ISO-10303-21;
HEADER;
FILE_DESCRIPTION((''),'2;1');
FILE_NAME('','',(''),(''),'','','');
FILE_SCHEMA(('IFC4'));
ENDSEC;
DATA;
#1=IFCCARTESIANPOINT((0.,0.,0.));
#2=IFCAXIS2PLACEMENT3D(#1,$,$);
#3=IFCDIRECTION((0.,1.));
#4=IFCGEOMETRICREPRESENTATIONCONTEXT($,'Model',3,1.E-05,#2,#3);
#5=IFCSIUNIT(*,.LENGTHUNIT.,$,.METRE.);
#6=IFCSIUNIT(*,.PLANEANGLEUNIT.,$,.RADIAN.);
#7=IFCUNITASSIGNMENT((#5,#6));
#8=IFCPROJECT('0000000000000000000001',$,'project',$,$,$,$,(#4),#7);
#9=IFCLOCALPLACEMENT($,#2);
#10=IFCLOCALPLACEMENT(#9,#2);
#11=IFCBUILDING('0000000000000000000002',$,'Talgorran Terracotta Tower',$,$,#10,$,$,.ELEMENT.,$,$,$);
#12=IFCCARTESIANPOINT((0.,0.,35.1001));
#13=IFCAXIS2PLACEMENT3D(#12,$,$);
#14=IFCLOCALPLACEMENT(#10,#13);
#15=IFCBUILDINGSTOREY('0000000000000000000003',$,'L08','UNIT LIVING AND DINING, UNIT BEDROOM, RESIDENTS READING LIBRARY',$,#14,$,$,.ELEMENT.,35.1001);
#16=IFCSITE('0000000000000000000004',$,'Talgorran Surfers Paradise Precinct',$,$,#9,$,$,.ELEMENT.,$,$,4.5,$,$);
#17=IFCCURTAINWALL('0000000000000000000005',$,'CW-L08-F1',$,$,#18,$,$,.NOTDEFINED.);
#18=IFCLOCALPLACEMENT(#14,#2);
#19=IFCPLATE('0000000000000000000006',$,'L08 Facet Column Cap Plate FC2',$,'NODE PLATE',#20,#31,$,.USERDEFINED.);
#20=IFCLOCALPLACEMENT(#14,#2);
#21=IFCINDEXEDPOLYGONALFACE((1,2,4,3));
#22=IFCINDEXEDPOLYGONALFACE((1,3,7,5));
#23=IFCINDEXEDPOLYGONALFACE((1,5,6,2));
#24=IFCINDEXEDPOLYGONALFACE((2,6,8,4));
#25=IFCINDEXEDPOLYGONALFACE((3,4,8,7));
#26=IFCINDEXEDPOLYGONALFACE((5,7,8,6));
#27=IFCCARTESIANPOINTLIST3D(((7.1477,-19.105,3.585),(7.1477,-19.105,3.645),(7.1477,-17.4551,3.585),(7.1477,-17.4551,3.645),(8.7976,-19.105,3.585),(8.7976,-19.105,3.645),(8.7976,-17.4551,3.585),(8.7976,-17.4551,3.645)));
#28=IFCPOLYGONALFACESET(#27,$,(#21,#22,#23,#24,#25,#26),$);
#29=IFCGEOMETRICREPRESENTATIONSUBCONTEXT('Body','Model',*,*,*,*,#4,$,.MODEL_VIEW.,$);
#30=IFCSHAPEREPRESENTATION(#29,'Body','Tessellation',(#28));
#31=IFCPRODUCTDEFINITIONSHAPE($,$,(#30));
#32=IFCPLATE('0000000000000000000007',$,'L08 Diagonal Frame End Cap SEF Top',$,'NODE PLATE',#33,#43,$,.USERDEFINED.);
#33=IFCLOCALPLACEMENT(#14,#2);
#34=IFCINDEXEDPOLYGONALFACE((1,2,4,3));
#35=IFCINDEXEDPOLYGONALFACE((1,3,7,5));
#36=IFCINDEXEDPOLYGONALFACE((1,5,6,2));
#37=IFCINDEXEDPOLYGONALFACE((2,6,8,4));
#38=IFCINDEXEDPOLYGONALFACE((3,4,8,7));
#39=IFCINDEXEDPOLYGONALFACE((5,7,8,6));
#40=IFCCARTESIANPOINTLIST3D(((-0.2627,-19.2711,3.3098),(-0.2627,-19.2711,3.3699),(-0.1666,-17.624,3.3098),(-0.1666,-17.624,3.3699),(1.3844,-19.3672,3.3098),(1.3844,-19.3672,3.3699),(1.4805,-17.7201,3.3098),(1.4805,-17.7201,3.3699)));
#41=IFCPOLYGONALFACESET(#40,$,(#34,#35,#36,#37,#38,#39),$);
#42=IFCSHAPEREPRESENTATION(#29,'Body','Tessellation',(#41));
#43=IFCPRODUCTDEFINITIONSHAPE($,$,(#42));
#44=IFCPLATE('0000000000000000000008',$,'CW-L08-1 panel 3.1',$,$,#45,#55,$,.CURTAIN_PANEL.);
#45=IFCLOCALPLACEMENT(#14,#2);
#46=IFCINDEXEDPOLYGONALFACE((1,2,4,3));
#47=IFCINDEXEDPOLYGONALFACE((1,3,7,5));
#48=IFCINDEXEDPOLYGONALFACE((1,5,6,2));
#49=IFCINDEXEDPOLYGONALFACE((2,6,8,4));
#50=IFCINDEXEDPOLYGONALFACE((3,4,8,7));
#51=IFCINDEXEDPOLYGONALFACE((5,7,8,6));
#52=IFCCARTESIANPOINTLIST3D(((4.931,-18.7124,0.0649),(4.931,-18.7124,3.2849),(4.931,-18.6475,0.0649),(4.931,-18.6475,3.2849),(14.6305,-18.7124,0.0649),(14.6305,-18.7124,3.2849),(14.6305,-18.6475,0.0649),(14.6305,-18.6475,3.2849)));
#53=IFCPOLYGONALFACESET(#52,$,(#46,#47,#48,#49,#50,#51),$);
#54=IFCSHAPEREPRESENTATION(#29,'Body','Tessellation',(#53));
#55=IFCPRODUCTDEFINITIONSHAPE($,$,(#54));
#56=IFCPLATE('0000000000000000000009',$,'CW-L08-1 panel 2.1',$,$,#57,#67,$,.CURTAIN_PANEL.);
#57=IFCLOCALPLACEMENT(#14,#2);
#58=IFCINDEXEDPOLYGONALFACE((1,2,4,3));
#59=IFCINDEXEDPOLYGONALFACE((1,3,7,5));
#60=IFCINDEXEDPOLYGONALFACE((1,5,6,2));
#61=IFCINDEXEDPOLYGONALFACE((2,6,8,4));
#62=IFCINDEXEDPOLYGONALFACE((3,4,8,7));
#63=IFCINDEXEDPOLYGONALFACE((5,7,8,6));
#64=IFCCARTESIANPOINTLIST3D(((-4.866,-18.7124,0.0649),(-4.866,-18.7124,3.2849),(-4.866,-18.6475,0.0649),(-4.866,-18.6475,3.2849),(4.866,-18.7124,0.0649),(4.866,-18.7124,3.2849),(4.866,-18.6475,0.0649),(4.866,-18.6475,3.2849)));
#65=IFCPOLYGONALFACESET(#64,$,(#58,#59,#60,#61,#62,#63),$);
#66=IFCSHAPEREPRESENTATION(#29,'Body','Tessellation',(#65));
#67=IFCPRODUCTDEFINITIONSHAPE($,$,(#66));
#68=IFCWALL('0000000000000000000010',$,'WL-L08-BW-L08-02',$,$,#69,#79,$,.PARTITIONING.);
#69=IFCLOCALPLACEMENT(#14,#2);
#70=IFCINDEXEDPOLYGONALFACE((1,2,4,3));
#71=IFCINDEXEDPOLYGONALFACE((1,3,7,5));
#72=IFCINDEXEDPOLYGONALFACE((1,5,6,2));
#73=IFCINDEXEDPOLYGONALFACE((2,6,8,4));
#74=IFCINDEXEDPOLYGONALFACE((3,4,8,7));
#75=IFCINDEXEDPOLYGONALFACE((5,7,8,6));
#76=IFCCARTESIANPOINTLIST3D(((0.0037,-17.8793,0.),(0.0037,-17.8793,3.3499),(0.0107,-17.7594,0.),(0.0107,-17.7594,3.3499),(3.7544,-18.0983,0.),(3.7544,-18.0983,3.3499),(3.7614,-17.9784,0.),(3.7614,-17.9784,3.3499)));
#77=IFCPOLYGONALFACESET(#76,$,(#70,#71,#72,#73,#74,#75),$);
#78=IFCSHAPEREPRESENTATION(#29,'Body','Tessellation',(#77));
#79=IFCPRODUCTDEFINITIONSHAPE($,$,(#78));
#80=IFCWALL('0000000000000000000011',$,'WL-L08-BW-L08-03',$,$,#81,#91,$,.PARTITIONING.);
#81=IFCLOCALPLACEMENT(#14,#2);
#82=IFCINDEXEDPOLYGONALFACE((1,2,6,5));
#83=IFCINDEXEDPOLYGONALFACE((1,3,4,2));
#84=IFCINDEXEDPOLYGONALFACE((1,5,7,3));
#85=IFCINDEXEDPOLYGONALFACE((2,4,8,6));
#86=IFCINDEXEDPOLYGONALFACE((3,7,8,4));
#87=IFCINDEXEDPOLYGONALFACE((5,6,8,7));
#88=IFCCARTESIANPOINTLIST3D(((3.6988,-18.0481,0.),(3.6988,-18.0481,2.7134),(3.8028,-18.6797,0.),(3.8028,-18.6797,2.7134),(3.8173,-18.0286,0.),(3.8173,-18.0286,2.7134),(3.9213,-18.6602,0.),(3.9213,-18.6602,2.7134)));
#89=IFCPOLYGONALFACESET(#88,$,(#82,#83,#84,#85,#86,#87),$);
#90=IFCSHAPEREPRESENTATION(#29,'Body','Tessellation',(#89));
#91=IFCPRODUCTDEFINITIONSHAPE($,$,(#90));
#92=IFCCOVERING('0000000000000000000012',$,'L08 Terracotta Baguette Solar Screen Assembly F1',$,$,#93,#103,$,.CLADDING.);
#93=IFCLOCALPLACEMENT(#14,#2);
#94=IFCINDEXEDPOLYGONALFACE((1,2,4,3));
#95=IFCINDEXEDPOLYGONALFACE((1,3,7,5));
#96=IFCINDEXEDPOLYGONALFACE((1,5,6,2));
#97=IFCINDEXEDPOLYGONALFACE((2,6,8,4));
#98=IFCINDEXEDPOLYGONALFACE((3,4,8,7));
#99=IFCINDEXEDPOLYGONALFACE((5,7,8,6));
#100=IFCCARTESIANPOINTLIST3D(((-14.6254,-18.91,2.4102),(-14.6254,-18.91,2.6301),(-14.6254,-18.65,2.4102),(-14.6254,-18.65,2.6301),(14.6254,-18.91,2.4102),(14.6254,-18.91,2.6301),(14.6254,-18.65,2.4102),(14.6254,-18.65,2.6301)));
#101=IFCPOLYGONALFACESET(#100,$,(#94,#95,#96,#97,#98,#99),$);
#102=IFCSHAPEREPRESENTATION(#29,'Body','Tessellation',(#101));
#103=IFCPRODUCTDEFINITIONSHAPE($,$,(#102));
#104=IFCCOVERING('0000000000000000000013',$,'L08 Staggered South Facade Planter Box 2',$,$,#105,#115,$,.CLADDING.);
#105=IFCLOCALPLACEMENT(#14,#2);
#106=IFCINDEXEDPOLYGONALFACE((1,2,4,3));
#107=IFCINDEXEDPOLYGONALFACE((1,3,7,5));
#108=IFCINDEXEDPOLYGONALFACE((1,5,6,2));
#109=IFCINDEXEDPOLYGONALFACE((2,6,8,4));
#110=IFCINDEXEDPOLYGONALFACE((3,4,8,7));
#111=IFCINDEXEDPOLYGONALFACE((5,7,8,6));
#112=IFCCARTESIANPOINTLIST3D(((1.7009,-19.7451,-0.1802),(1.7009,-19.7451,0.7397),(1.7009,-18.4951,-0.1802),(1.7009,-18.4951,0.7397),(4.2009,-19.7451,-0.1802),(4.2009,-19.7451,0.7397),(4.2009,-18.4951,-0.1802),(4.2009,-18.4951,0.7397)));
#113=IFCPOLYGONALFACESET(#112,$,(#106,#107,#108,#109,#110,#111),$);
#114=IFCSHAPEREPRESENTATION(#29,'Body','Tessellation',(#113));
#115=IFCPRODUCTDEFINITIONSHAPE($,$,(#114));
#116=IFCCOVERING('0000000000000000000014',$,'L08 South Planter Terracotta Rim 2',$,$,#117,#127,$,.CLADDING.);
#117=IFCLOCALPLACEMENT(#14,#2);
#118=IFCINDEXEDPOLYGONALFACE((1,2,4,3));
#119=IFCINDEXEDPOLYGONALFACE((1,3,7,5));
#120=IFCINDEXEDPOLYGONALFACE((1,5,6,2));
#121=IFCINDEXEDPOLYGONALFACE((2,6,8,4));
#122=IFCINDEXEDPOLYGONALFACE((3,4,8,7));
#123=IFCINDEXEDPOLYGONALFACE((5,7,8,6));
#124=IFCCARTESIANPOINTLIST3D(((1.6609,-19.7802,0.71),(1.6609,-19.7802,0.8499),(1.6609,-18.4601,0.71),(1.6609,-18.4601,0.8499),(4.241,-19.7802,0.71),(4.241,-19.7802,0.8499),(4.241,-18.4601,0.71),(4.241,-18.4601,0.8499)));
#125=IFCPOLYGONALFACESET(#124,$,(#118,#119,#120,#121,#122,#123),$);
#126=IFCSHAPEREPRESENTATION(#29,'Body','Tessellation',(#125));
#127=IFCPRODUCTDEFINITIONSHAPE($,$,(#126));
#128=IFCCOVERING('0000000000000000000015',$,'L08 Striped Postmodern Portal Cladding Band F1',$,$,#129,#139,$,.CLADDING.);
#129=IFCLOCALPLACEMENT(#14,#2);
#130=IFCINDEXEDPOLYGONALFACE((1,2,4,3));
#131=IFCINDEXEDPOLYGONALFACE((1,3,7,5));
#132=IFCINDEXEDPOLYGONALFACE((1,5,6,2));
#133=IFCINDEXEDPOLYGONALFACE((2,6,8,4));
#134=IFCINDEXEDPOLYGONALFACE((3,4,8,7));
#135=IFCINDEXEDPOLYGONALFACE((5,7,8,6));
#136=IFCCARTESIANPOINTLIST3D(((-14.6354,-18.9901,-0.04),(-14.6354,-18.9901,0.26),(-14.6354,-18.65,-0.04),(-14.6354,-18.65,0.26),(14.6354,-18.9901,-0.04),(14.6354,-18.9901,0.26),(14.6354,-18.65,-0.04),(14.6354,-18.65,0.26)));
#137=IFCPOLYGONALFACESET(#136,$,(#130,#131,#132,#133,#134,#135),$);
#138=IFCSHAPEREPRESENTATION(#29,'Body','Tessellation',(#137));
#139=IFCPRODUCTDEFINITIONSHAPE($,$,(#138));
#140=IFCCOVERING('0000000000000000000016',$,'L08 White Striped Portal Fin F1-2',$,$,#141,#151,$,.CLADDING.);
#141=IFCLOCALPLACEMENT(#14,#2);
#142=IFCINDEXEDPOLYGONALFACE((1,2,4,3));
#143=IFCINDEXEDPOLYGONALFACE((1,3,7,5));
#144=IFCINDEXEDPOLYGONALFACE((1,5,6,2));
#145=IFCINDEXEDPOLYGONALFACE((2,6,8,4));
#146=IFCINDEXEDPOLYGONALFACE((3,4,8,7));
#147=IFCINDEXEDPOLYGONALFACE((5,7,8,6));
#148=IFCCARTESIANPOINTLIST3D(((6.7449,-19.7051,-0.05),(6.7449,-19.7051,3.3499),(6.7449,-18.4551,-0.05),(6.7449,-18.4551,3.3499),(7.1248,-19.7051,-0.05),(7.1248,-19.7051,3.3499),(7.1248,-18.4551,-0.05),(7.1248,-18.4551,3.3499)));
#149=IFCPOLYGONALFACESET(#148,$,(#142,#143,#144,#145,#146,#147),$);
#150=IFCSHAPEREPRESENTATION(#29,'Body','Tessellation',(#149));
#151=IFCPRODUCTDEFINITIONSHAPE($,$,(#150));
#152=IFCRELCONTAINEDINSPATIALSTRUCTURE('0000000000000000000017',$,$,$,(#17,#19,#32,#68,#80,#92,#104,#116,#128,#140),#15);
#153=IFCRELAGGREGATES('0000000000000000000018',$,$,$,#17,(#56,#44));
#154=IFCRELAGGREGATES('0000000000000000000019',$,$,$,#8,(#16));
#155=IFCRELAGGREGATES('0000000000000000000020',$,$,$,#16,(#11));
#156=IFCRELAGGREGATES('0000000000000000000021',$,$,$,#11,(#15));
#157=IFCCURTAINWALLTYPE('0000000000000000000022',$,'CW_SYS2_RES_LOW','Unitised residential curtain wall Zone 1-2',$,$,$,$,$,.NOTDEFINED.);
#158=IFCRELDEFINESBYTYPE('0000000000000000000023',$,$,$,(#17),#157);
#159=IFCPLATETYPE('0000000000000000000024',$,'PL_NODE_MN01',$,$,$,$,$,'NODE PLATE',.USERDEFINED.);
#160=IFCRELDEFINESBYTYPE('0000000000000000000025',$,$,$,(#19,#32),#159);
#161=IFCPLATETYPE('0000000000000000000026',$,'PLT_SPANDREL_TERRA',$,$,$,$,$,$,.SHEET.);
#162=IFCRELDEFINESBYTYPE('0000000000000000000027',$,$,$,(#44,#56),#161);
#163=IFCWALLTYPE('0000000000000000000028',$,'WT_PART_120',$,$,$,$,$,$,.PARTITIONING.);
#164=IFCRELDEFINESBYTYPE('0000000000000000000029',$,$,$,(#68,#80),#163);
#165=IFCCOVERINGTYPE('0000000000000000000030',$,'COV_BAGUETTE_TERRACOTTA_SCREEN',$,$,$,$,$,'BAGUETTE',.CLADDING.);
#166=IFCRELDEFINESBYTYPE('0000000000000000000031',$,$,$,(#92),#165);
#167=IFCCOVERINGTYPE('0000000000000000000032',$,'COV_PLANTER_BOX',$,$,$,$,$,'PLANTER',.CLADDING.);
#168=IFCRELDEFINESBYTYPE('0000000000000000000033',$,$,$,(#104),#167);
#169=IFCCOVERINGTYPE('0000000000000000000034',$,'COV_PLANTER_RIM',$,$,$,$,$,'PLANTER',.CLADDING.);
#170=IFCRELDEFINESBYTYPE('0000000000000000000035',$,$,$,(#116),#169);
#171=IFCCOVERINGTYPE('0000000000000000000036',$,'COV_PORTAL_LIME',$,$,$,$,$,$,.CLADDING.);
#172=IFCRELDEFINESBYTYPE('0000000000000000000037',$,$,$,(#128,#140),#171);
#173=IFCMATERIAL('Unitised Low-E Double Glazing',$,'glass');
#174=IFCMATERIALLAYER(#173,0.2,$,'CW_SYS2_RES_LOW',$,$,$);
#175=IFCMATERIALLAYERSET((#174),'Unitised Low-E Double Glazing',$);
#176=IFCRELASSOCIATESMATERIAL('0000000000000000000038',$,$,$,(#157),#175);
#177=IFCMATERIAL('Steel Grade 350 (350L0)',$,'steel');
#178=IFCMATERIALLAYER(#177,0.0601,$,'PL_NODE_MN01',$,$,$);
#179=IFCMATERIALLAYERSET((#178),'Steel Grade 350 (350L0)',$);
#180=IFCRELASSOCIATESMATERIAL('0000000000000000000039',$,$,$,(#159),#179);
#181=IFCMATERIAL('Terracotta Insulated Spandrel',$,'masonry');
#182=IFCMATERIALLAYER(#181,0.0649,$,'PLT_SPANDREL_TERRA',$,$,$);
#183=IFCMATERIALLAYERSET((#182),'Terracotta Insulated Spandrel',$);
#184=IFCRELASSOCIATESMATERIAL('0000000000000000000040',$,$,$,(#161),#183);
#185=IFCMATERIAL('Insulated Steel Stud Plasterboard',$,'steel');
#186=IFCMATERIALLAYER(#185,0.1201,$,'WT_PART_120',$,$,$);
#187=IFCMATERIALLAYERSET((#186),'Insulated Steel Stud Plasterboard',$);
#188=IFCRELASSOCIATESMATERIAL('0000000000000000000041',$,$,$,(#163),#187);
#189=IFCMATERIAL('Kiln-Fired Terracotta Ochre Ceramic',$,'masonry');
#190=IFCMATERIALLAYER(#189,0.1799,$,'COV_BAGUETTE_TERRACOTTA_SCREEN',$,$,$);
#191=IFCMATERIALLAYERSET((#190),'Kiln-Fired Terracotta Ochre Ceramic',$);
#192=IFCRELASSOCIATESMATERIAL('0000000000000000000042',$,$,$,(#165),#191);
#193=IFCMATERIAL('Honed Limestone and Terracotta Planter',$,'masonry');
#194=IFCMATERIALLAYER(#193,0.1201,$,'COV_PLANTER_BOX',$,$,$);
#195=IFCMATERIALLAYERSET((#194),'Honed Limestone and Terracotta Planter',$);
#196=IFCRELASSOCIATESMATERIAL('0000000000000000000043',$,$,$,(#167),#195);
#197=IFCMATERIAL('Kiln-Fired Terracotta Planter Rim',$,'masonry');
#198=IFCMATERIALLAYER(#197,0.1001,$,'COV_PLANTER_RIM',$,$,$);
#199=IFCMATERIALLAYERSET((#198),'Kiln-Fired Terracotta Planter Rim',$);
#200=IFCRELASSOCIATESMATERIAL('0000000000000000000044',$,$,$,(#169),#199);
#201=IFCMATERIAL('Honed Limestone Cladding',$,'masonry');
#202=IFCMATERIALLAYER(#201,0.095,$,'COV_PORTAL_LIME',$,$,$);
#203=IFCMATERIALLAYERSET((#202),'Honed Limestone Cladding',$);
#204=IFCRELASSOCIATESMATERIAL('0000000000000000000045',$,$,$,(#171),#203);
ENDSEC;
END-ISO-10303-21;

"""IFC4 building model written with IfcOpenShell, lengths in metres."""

from ifc_helpers import new_model, si_unit, direction, frame, frame_2d, origin, origin_2d, place, context, subcontext, project, spatial, rectangle, extrude, source, transform, mapped, material, layer, layer_set, type_object, type_shapes, element, aggregate, save


model = new_model("IFC4")

# Units and contexts
model_context = context("Model", 3, precision=1e-05, world=origin(), true_north=direction((0.0, 1.0)))
body_context = subcontext(model_context, "Body", "Model", "MODEL_VIEW")
ifc_project = project(units=[si_unit("LENGTHUNIT", "METRE"), si_unit("PLANEANGLEUNIT", "RADIAN")], contexts=[model_context])

# Site, building, storey
site_placement = place(None, origin())
site = spatial("IfcSite", under=ifc_project, at=site_placement, Name="Talgorran Surfers Paradise Precinct", CompositionType="ELEMENT", RefElevation=4.5)
building_placement = place(site_placement, origin())
building = spatial("IfcBuilding", under=site, at=building_placement, Name="Talgorran Terracotta Tower", CompositionType="ELEMENT")
storey_placement = place(building_placement, frame((0.0, 0.0, 35.1001)))
storey = spatial("IfcBuildingStorey", under=building, at=storey_placement, Name="L08", Description="UNIT LIVING AND DINING, UNIT BEDROOM, RESIDENTS READING LIBRARY", CompositionType="ELEMENT", Elevation=35.1001)

# Shared definitions
ifc_material_1 = material(Name="Steel Grade 350 (350L0)", Category="steel")

# Curtain wall
ifc_material_2 = material(Name="Unitised Low-E Double Glazing", Category="glass")
ifc_layer_1 = layer(ifc_material_2, 0.2, Name="CW_SYS2_RES_LOW")
ifc_layer_set_1 = layer_set([ifc_layer_1], Name="Unitised Low-E Double Glazing")
curtain_wall_type = type_object("IfcCurtainWallType", Name="CW_SYS2_RES_LOW", Description="Unitised residential curtain wall Zone 1-2", PredefinedType="NOTDEFINED", material=ifc_layer_set_1)
curtain_wall_placement = place(storey_placement, origin())
curtain_wall = element("IfcCurtainWall", 1, at=curtain_wall_placement, inside=storey, type_object=curtain_wall_type, Name="CW-L08-F1", PredefinedType="NOTDEFINED")

# Plates
ifc_layer_2 = layer(ifc_material_1, 0.0601, Name="PL_NODE_MN01")
ifc_layer_set_2 = layer_set([ifc_layer_2], Name="Steel Grade 350 (350L0)")
plate_type_1 = type_object("IfcPlateType", Name="PL_NODE_MN01", ElementType="NODE PLATE", PredefinedType="USERDEFINED", material=ifc_layer_set_2)
for number, where, z_axis, x_axis, name in (
    (2, (7.9727, -18.28, 3.585), (0.0, 0.0, 1.0), (1.0, 0.0, 0.0), "L08 Facet Column Cap Plate FC2"),
    (3, (0.6089, -18.4956, 3.3098), (0.0, 0.0, 1.0), (-0.998301, 0.058261, 0.0), "L08 Diagonal Frame End Cap SEF Top"),
):
    element("IfcPlate", number, at=place(storey_placement, frame(where, z_axis=z_axis, x_axis=x_axis)), inside=storey, type_object=plate_type_1, Name=name, ObjectType="NODE PLATE", PredefinedType="USERDEFINED", context=body_context, shape_type="SweptSolid", body=[
        extrude(rectangle(XDim=1.6499, YDim=1.6499, at=origin_2d()), origin(), (0.0, 0.0, 1.0), 0.0601),
    ])

# Plates
ifc_material_3 = material(Name="Terracotta Insulated Spandrel", Category="masonry")
ifc_layer_3 = layer(ifc_material_3, 0.0649, Name="PLT_SPANDREL_TERRA")
ifc_layer_set_3 = layer_set([ifc_layer_3], Name="Terracotta Insulated Spandrel")
plate_type_2 = type_object("IfcPlateType", Name="PLT_SPANDREL_TERRA", PredefinedType="SHEET", material=ifc_layer_set_3)
shared_shape_1 = source(origin(), body_context, "Body", "SweptSolid", [
    extrude(rectangle(XDim=9.6995, YDim=0.0649, at=origin_2d()), origin(), (0.0, 0.0, 1.0), 3.22),
])
plate_1_placement = place(storey_placement, frame((9.7808, -18.6799, 0.0649), z_axis=(0.0, 0.0, 1.0), x_axis=(1.0, 0.0, 0.0)))
plate_1 = element("IfcPlate", 4, at=plate_1_placement, type_object=plate_type_2, Name="CW-L08-1 panel 3.1", PredefinedType="CURTAIN_PANEL", context=body_context, shape_type="MappedRepresentation", body=[
    mapped(shared_shape_1, transform((0.0, 0.0, 0.0), scale=1.0)),
])
shared_shape_2 = source(origin(), body_context, "Body", "SweptSolid", [
    extrude(rectangle(XDim=9.7319, YDim=0.0649, at=origin_2d()), origin(), (0.0, 0.0, 1.0), 3.22),
])
type_shapes(plate_type_2, [shared_shape_1, shared_shape_2])
plate_2_placement = place(storey_placement, frame((0.0, -18.6799, 0.0649), z_axis=(0.0, 0.0, 1.0), x_axis=(1.0, 0.0, 0.0)))
plate_2 = element("IfcPlate", 5, at=plate_2_placement, type_object=plate_type_2, Name="CW-L08-1 panel 2.1", PredefinedType="CURTAIN_PANEL", context=body_context, shape_type="MappedRepresentation", body=[
    mapped(shared_shape_2, transform((0.0, 0.0, 0.0), scale=1.0)),
])
aggregate(curtain_wall, [plate_2, plate_1])

# Walls
ifc_material_4 = material(Name="Insulated Steel Stud Plasterboard", Category="steel")
ifc_layer_4 = layer(ifc_material_4, 0.1201, Name="WT_PART_120")
ifc_layer_set_4 = layer_set([ifc_layer_4], Name="Insulated Steel Stud Plasterboard")
wall_type = type_object("IfcWallType", Name="WT_PART_120", PredefinedType="PARTITIONING", material=ifc_layer_set_4)
wall_1_placement = place(storey_placement, frame((0.0073, -17.8193, 0.0), z_axis=(0.0, 0.0, 1.0), x_axis=(0.9983, -0.058288, 0.0)))
element("IfcWall", 6, at=wall_1_placement, inside=storey, type_object=wall_type, Name="WL-L08-BW-L08-02", PredefinedType="PARTITIONING", context=body_context, shape_type="SweptSolid", body=[
    extrude(rectangle(XDim=3.7571, YDim=0.1201, at=frame_2d((1.8784, 0.0))), origin(), (0.0, 0.0, 1.0), 3.3499),
])
wall_2_placement = place(storey_placement, frame((3.7581, -18.0383, 0.0), z_axis=(0.0, 0.0, 1.0), x_axis=(0.162481, -0.986712, 0.0)))
element("IfcWall", 7, at=wall_2_placement, inside=storey, type_object=wall_type, Name="WL-L08-BW-L08-03", PredefinedType="PARTITIONING", context=body_context, shape_type="SweptSolid", body=[
    extrude(rectangle(XDim=0.6401, YDim=0.1201, at=frame_2d((0.3201, 0.0))), origin(), (0.0, 0.0, 1.0), 2.7134),
])

# Coverings
ifc_material_5 = material(Name="Kiln-Fired Terracotta Ochre Ceramic", Category="masonry")
ifc_layer_5 = layer(ifc_material_5, 0.1799, Name="COV_BAGUETTE_TERRACOTTA_SCREEN")
ifc_layer_set_5 = layer_set([ifc_layer_5], Name="Kiln-Fired Terracotta Ochre Ceramic")
covering_type_1 = type_object("IfcCoveringType", Name="COV_BAGUETTE_TERRACOTTA_SCREEN", ElementType="BAGUETTE", PredefinedType="CLADDING", material=ifc_layer_set_5)
covering_1_placement = place(storey_placement, frame((0.0, -18.78, 2.4102), z_axis=(0.0, 0.0, 1.0), x_axis=(1.0, 0.0, 0.0)))
element("IfcCovering", 8, at=covering_1_placement, inside=storey, type_object=covering_type_1, Name="L08 Terracotta Baguette Solar Screen Assembly F1", PredefinedType="CLADDING", context=body_context, shape_type="SweptSolid", body=[
    extrude(rectangle(XDim=29.2507, YDim=0.26, at=origin_2d()), origin(), (0.0, 0.0, 1.0), 0.22),
])
ifc_material_6 = material(Name="Honed Limestone and Terracotta Planter", Category="masonry")
ifc_layer_6 = layer(ifc_material_6, 0.1201, Name="COV_PLANTER_BOX")
ifc_layer_set_6 = layer_set([ifc_layer_6], Name="Honed Limestone and Terracotta Planter")
covering_type_2 = type_object("IfcCoveringType", Name="COV_PLANTER_BOX", ElementType="PLANTER", PredefinedType="CLADDING", material=ifc_layer_set_6)
covering_2_placement = place(storey_placement, frame((2.9509, -19.1201, -0.1802), z_axis=(0.0, 0.0, 1.0), x_axis=(1.0, 0.0, 0.0)))
element("IfcCovering", 9, at=covering_2_placement, inside=storey, type_object=covering_type_2, Name="L08 Staggered South Facade Planter Box 2", PredefinedType="CLADDING", context=body_context, shape_type="SweptSolid", body=[
    extrude(rectangle(XDim=2.5, YDim=1.25, at=origin_2d()), origin(), (0.0, 0.0, 1.0), 0.9199),
])
ifc_material_7 = material(Name="Kiln-Fired Terracotta Planter Rim", Category="masonry")
ifc_layer_7 = layer(ifc_material_7, 0.1001, Name="COV_PLANTER_RIM")
ifc_layer_set_7 = layer_set([ifc_layer_7], Name="Kiln-Fired Terracotta Planter Rim")
covering_type_3 = type_object("IfcCoveringType", Name="COV_PLANTER_RIM", ElementType="PLANTER", PredefinedType="CLADDING", material=ifc_layer_set_7)
covering_3_placement = place(storey_placement, frame((2.9509, -19.1201, 0.71), z_axis=(0.0, 0.0, 1.0), x_axis=(1.0, 0.0, 0.0)))
element("IfcCovering", 10, at=covering_3_placement, inside=storey, type_object=covering_type_3, Name="L08 South Planter Terracotta Rim 2", PredefinedType="CLADDING", context=body_context, shape_type="SweptSolid", body=[
    extrude(rectangle(XDim=2.5801, YDim=1.3201, at=origin_2d()), origin(), (0.0, 0.0, 1.0), 0.1399),
])
ifc_material_8 = material(Name="Honed Limestone Cladding", Category="masonry")
ifc_layer_8 = layer(ifc_material_8, 0.095, Name="COV_PORTAL_LIME")
ifc_layer_set_8 = layer_set([ifc_layer_8], Name="Honed Limestone Cladding")
covering_type_4 = type_object("IfcCoveringType", Name="COV_PORTAL_LIME", PredefinedType="CLADDING", material=ifc_layer_set_8)
covering_4_placement = place(storey_placement, frame((0.0, -18.8201, -0.04), z_axis=(0.0, 0.0, 1.0), x_axis=(1.0, 0.0, 0.0)))
element("IfcCovering", 11, at=covering_4_placement, inside=storey, type_object=covering_type_4, Name="L08 Striped Postmodern Portal Cladding Band F1", PredefinedType="CLADDING", context=body_context, shape_type="SweptSolid", body=[
    extrude(rectangle(XDim=29.2708, YDim=0.3401, at=origin_2d()), origin(), (0.0, 0.0, 1.0), 0.3),
])
covering_5_placement = place(storey_placement, frame((6.9348, -19.0801, -0.05), z_axis=(0.0, 0.0, 1.0), x_axis=(1.0, 0.0, 0.0)))
element("IfcCovering", 12, at=covering_5_placement, inside=storey, type_object=covering_type_4, Name="L08 White Striped Portal Fin F1-2", PredefinedType="CLADDING", context=body_context, shape_type="SweptSolid", body=[
    extrude(rectangle(XDim=0.3799, YDim=1.25, at=origin_2d()), origin(), (0.0, 0.0, 1.0), 3.3999),
])

save(model, "model.ifc")
